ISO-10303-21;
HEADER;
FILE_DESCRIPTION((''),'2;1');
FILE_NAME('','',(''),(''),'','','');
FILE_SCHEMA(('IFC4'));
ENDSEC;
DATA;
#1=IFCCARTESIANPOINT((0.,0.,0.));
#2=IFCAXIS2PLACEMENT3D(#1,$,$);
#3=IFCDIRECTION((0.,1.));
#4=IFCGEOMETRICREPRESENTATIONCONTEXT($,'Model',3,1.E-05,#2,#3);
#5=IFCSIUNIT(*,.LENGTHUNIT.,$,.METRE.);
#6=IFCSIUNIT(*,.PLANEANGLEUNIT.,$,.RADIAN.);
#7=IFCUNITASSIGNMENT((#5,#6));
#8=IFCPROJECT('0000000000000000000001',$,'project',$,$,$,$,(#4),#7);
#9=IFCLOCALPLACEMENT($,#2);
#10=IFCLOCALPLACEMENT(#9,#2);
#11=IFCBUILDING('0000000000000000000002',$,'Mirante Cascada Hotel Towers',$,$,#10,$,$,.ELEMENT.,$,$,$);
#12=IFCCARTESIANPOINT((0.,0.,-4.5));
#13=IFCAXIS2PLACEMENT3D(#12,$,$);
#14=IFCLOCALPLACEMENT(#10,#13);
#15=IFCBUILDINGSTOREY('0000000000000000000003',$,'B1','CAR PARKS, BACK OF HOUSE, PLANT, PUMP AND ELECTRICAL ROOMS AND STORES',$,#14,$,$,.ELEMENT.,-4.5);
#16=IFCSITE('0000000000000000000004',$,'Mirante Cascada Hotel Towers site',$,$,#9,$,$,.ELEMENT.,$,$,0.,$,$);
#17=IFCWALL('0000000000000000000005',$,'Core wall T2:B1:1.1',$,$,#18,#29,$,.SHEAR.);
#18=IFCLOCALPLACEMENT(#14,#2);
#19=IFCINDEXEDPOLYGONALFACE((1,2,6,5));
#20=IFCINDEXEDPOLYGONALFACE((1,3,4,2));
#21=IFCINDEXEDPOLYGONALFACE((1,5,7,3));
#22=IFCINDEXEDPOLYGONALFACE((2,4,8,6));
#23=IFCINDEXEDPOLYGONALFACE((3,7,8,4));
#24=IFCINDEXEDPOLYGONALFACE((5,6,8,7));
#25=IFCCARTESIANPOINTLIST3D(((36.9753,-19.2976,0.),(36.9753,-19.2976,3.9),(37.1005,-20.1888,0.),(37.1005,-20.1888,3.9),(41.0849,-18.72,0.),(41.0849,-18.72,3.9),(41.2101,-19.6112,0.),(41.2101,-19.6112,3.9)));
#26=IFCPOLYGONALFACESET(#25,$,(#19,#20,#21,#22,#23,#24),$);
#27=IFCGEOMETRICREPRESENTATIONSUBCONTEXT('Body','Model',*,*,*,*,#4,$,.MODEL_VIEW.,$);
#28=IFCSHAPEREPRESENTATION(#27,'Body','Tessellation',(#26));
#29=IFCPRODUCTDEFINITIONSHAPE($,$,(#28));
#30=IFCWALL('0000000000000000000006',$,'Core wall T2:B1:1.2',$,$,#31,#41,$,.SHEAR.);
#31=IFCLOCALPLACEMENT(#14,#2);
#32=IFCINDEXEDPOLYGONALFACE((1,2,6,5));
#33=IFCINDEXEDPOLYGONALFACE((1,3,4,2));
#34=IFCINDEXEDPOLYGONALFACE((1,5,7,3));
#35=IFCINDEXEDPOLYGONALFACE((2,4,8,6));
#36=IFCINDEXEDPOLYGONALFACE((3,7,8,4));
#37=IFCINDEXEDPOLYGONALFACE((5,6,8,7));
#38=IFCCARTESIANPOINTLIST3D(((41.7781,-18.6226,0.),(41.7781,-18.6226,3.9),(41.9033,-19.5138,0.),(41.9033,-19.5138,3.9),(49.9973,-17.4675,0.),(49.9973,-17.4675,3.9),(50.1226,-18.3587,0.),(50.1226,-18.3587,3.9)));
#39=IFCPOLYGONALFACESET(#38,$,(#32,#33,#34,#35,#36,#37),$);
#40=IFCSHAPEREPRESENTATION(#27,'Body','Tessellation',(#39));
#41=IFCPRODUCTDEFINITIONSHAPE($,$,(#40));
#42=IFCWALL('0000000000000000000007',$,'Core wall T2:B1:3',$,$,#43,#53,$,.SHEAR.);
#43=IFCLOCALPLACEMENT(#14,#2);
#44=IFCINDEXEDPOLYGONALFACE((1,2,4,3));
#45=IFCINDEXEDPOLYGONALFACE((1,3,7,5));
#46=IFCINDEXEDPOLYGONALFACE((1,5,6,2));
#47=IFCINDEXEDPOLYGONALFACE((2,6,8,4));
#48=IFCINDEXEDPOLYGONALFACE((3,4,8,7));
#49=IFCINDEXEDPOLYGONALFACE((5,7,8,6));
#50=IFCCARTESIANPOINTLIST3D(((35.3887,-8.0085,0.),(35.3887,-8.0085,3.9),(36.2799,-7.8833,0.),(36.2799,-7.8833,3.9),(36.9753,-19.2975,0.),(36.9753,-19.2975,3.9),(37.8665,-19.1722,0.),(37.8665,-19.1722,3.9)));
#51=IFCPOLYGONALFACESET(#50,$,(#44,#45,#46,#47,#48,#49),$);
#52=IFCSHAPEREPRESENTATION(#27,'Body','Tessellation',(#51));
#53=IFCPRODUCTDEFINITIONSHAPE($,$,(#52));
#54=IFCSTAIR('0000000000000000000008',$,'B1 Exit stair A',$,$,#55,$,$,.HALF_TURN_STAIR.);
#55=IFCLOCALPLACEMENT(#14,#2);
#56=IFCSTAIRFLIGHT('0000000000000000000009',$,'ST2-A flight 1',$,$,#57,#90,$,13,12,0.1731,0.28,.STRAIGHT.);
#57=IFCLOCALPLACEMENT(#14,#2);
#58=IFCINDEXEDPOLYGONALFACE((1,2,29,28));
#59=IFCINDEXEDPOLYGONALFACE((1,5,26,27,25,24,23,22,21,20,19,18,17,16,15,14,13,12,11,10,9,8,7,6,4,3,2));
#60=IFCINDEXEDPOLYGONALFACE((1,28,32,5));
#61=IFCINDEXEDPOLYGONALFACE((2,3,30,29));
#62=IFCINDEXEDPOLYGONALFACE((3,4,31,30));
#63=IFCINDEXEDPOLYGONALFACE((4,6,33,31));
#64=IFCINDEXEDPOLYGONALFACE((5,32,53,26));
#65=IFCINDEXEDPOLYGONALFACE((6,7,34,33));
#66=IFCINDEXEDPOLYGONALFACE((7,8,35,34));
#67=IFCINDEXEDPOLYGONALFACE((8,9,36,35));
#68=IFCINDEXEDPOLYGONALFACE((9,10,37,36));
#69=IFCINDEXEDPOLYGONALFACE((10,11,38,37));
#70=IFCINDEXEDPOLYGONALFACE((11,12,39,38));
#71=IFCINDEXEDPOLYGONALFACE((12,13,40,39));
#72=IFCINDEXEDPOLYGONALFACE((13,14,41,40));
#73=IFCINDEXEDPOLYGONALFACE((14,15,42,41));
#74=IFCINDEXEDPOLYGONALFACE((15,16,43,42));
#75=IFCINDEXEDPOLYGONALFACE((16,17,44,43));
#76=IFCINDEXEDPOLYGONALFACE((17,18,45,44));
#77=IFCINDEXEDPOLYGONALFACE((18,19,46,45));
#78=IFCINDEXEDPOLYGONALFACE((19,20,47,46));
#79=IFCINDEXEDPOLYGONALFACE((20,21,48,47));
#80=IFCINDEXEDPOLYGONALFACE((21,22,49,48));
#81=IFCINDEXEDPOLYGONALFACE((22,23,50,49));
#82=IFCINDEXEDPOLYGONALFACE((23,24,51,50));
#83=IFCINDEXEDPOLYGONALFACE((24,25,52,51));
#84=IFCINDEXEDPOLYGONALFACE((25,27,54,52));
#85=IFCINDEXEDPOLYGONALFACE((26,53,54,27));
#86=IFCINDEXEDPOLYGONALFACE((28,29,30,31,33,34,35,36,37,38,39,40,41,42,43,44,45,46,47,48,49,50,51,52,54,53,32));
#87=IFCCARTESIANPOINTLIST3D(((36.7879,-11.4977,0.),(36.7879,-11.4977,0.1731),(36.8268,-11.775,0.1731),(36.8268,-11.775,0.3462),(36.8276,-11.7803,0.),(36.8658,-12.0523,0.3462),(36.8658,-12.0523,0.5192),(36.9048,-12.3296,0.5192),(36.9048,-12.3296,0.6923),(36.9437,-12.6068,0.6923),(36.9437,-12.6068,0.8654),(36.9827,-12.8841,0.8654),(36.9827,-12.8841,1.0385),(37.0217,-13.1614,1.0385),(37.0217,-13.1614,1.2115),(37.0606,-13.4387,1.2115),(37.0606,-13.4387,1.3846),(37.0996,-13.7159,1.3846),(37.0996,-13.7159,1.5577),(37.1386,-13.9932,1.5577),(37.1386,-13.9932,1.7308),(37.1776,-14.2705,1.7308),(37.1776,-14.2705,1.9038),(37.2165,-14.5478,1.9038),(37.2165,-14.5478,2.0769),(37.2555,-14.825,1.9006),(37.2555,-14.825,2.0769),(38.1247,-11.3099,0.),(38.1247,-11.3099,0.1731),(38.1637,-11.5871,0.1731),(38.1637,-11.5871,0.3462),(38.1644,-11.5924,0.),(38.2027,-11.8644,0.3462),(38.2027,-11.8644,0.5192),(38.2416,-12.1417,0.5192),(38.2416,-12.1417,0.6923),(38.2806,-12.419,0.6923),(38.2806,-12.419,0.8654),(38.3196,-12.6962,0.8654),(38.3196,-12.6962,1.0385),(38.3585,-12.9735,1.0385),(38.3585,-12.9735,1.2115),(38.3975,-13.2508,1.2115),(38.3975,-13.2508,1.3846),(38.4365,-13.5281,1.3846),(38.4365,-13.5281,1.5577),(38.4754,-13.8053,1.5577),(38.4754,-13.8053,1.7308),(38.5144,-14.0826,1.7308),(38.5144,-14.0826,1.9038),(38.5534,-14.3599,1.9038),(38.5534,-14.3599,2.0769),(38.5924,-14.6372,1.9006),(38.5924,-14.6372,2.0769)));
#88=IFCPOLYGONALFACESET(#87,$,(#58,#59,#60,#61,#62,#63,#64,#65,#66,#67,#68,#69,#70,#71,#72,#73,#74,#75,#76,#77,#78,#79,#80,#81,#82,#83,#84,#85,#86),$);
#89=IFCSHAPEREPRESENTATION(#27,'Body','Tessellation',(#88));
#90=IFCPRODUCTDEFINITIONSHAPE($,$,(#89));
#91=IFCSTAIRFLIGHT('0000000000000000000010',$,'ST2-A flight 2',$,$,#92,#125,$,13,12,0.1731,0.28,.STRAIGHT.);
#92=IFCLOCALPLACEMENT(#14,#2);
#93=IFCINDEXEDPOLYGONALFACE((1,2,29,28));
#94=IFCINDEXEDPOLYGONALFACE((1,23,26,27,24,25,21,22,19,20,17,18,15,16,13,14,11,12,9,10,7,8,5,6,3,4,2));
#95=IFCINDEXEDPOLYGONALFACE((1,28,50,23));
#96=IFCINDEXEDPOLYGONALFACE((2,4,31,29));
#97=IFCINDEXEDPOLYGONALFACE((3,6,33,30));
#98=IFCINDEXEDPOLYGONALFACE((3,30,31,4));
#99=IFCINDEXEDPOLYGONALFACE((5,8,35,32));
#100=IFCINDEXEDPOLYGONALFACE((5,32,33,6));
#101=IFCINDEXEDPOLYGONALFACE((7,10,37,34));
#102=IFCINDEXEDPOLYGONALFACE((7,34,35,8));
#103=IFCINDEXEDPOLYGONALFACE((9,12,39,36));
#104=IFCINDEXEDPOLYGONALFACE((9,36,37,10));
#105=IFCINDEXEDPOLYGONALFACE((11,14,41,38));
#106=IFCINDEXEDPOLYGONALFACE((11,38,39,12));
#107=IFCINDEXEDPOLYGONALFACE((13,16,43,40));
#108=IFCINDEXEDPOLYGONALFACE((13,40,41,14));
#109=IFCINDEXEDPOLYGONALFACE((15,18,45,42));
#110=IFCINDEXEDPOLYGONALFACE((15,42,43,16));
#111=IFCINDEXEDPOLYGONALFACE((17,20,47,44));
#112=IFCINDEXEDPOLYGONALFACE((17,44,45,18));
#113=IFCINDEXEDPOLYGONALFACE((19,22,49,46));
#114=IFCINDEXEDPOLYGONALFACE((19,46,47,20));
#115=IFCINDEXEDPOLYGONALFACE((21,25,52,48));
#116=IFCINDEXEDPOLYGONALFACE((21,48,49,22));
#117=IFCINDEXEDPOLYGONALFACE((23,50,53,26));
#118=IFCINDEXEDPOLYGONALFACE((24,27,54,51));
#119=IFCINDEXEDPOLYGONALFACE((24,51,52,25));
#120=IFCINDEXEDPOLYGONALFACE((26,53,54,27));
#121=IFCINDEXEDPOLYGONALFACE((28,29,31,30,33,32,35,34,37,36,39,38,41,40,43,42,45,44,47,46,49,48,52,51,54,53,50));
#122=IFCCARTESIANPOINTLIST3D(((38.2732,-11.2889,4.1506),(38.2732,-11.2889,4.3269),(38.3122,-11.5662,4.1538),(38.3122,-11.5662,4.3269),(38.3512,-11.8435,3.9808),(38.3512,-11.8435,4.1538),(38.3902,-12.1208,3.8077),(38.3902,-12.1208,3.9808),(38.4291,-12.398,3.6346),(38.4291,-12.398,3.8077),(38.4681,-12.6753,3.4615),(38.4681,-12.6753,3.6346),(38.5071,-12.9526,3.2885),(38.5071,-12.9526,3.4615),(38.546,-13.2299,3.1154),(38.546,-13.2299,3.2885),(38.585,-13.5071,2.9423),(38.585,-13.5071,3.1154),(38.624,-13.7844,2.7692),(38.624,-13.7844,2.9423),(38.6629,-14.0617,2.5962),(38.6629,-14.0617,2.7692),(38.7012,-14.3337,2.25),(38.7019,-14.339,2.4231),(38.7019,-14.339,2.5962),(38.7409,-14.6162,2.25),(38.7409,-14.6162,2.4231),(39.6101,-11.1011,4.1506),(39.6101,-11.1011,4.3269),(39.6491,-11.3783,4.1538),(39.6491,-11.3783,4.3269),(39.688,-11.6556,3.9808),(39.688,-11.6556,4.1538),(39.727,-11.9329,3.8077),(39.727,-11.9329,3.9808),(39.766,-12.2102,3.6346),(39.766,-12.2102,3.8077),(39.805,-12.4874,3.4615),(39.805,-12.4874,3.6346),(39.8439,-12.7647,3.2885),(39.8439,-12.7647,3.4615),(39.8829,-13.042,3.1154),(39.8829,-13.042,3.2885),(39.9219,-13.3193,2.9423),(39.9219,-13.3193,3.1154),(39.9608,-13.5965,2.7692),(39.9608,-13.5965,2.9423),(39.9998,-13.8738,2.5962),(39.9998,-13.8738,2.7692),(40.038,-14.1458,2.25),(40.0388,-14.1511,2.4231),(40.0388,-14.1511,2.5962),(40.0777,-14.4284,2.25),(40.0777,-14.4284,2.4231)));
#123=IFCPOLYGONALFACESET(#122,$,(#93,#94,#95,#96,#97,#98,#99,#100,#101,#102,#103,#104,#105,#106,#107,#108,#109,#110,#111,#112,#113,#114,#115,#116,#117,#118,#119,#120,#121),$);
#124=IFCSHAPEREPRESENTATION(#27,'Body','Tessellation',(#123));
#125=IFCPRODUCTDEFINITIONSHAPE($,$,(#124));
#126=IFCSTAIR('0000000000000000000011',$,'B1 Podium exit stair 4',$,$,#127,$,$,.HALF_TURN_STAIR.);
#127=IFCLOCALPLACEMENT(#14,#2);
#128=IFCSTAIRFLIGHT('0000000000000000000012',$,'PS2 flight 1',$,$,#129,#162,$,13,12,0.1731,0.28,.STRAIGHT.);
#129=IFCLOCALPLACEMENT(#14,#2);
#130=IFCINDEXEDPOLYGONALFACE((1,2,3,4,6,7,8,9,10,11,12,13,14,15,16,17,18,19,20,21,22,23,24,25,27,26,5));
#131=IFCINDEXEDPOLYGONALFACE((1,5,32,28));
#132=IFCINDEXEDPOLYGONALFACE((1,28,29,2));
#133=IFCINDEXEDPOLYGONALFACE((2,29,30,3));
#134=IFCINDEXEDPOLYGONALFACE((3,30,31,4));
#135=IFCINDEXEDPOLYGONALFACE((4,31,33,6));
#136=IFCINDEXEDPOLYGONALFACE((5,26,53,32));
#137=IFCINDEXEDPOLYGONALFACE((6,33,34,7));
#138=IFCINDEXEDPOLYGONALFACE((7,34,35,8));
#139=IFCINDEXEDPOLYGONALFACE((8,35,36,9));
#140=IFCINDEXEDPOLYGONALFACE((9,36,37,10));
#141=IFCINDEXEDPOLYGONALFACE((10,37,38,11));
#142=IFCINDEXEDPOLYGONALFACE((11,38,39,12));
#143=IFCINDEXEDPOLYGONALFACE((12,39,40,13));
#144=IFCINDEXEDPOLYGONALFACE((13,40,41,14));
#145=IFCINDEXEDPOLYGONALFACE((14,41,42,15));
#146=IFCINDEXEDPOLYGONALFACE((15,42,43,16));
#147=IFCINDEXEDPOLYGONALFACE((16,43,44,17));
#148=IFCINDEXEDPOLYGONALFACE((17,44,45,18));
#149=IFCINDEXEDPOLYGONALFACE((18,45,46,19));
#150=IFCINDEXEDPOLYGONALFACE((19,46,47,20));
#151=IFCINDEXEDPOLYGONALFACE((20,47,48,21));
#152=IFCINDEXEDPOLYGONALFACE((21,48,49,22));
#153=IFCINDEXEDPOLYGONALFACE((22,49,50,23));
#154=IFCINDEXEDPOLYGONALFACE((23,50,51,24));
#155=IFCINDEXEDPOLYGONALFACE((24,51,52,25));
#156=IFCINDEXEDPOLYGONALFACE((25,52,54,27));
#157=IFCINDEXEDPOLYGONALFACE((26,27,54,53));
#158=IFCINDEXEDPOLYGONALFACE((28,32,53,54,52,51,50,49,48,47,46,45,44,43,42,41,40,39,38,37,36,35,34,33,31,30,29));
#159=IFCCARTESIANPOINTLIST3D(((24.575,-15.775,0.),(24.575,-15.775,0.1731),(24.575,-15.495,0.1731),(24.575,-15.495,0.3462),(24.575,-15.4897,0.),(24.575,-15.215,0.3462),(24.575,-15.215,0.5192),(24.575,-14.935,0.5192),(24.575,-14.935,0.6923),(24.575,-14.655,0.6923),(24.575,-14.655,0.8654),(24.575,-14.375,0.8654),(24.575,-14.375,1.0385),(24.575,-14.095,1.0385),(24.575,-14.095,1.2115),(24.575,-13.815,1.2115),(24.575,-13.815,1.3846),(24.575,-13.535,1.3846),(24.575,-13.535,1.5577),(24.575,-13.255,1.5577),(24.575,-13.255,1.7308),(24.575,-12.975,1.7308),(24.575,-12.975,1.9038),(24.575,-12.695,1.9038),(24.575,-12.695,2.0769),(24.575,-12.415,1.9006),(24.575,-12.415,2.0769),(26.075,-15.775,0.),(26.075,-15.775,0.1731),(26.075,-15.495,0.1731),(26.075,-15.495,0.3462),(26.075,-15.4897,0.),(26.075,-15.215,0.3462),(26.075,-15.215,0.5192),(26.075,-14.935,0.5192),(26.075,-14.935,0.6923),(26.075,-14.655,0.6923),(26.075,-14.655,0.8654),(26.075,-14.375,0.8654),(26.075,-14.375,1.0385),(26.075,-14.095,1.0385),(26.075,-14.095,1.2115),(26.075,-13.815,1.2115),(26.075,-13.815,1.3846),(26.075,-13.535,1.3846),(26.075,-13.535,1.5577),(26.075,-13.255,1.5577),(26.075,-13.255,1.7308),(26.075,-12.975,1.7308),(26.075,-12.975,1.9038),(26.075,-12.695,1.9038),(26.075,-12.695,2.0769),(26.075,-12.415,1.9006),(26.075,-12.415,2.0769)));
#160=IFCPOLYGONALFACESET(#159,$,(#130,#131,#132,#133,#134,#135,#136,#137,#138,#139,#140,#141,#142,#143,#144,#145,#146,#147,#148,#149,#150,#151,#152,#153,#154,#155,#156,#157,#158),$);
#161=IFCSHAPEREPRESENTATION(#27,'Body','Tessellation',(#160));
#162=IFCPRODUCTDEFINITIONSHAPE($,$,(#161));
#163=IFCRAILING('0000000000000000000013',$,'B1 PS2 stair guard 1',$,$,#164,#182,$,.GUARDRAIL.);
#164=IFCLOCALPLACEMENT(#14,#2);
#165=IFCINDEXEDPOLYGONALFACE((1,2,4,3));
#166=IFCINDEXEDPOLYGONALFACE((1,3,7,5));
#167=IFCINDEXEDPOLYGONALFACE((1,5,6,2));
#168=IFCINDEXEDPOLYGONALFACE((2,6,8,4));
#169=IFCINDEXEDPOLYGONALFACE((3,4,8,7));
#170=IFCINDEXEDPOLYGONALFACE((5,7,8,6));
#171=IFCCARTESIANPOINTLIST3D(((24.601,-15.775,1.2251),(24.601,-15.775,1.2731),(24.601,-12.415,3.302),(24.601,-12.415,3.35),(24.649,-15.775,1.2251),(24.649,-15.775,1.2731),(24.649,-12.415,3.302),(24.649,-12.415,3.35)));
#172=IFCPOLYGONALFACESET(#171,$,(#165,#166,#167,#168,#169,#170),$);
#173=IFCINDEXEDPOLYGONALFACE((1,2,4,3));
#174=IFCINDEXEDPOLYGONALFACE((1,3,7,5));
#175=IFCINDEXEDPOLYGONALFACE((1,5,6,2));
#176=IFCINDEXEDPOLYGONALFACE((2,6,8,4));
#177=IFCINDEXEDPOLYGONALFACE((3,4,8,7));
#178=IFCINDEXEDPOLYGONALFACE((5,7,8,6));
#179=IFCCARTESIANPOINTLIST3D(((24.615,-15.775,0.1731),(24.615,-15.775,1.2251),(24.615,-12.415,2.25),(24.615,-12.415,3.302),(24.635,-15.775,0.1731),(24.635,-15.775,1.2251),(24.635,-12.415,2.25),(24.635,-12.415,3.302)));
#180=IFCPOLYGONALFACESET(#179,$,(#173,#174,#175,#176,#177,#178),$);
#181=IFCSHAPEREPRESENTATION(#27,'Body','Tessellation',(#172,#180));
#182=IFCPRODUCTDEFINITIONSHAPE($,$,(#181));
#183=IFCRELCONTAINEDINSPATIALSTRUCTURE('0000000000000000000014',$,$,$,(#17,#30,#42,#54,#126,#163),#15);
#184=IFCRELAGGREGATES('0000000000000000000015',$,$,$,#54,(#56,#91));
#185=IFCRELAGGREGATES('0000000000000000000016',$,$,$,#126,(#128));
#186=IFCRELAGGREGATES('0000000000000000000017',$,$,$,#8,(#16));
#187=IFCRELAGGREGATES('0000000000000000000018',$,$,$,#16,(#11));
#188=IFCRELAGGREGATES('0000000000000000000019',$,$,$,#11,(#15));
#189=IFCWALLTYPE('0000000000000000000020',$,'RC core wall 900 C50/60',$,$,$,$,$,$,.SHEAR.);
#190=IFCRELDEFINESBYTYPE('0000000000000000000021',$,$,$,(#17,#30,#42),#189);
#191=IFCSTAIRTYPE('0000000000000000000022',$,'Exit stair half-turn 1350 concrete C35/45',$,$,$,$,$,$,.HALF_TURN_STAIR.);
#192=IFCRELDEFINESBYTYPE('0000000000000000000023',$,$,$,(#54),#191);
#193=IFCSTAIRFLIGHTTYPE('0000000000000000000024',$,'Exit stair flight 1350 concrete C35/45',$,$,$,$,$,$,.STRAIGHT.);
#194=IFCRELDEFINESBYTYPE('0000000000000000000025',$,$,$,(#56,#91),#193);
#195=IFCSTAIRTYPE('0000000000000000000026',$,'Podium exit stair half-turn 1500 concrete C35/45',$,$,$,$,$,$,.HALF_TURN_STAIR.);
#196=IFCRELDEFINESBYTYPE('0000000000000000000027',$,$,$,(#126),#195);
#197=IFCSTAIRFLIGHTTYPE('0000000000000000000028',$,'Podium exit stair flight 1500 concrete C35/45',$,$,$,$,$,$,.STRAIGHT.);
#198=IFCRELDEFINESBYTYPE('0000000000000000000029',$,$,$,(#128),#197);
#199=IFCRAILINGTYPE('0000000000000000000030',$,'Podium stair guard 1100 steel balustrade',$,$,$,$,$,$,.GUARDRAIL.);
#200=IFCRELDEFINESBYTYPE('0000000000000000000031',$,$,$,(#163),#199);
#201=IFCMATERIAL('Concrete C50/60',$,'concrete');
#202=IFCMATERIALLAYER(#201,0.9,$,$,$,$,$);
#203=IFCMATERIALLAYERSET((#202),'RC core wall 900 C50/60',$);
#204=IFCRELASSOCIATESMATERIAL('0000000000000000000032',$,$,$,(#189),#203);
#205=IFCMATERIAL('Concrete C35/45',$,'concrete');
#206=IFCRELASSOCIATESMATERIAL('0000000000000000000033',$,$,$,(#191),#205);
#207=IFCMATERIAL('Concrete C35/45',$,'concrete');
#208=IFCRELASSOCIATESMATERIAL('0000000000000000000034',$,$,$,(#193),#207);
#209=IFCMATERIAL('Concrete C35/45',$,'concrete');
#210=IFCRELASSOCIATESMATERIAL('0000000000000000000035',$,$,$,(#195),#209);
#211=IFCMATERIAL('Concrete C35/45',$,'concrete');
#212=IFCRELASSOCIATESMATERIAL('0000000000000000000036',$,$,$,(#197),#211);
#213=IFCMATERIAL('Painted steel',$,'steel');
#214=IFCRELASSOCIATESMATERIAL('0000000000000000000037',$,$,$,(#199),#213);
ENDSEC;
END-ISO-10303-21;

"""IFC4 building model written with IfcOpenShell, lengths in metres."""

from ifc_helpers import new_model, si_unit, direction, frame, frame_2d, origin, origin_2d, place, context, subcontext, project, spatial, polyline, rectangle, outline, extrude, material, layer, layer_set, type_object, element, aggregate, save


model = new_model("IFC4")

# Units and contexts
model_context = context("Model", 3, precision=1e-05, world=origin(), true_north=direction((0.0, 1.0)))
body_context = subcontext(model_context, "Body", "Model", "MODEL_VIEW")
ifc_project = project(units=[si_unit("LENGTHUNIT", "METRE"), si_unit("PLANEANGLEUNIT", "RADIAN")], contexts=[model_context])

# Site, building, storey
site_placement = place(None, origin())
site = spatial("IfcSite", under=ifc_project, at=site_placement, Name="Mirante Cascada Hotel Towers site", CompositionType="ELEMENT", RefElevation=0.0)
building_placement = place(site_placement, origin())
building = spatial("IfcBuilding", under=site, at=building_placement, Name="Mirante Cascada Hotel Towers", CompositionType="ELEMENT")
storey_placement = place(building_placement, frame((0.0, 0.0, -4.5)))
storey = spatial("IfcBuildingStorey", under=building, at=storey_placement, Name="B1", Description="CAR PARKS, BACK OF HOUSE, PLANT, PUMP AND ELECTRICAL ROOMS AND STORES", CompositionType="ELEMENT", Elevation=-4.5)

# Walls
ifc_material_1 = material(Name="Concrete C50/60", Category="concrete")
ifc_layer_1 = layer(ifc_material_1, 0.9)
ifc_layer_set_1 = layer_set([ifc_layer_1], Name="RC core wall 900 C50/60")
wall_type_1 = type_object("IfcWallType", Name="RC core wall 900 C50/60", PredefinedType="SHEAR", material=ifc_layer_set_1)
wall_1_placement = place(storey_placement, frame((37.0379, -19.7432, 0.0), z_axis=(0.0, 0.0, 1.0), x_axis=(0.990267, 0.139181, 0.0)))
element("IfcWall", 1, at=wall_1_placement, inside=storey, type_object=wall_type_1, Name="Core wall T2:B1:1.1", PredefinedType="SHEAR", context=body_context, shape_type="SweptSolid", body=[
    extrude(rectangle(XDim=4.15, YDim=0.9, at=frame_2d((2.075, 0.0))), origin(), (0.0, 0.0, 1.0), 3.9),
])
wall_2_placement = place(storey_placement, frame((41.8407, -19.0682, 0.0), z_axis=(0.0, 0.0, 1.0), x_axis=(0.990269, 0.139169, 0.0)))
element("IfcWall", 2, at=wall_2_placement, inside=storey, type_object=wall_type_1, Name="Core wall T2:B1:1.2", PredefinedType="SHEAR", context=body_context, shape_type="SweptSolid", body=[
    extrude(rectangle(XDim=8.3, YDim=0.9, at=frame_2d((4.15, 0.0))), origin(), (0.0, 0.0, 1.0), 3.9),
])
wall_3_placement = place(storey_placement, frame((37.4209, -19.2349, 0.0), z_axis=(0.0, 0.0, 1.0), x_axis=(-0.139176, 0.990268, 0.0)))
element("IfcWall", 3, at=wall_3_placement, inside=storey, type_object=wall_type_1, Name="Core wall T2:B1:3", PredefinedType="SHEAR", context=body_context, shape_type="SweptSolid", body=[
    extrude(rectangle(XDim=11.3999, YDim=0.9, at=frame_2d((5.7, 0.0))), origin(), (0.0, 0.0, 1.0), 3.9),
])

# Stair, stair flights
ifc_material_2 = material(Name="Concrete C35/45", Category="concrete")
stair_type_1 = type_object("IfcStairType", Name="Exit stair half-turn 1350 concrete C35/45", PredefinedType="HALF_TURN_STAIR", material=ifc_material_2)
stair_1_placement = place(storey_placement, origin())
stair_1 = element("IfcStair", 4, at=stair_1_placement, inside=storey, type_object=stair_type_1, Name="B1 Exit stair A", PredefinedType="HALF_TURN_STAIR")
ifc_material_3 = material(Name="Concrete C35/45", Category="concrete")
stair_flight_type_1 = type_object("IfcStairFlightType", Name="Exit stair flight 1350 concrete C35/45", PredefinedType="STRAIGHT", material=ifc_material_3)
stair_flight_1_placement = place(storey_placement, frame((37.4563, -11.4038, 0.0), z_axis=(0.0, 0.0, 1.0), x_axis=(0.139173, -0.990268, 0.0)))
stair_flight_1 = element("IfcStairFlight", 5, at=stair_flight_1_placement, type_object=stair_flight_type_1, Name="ST2-A flight 1", NumberOfRisers=13, NumberOfTreads=12, PredefinedType="STRAIGHT", RiserHeight=0.1731, TreadLength=0.28, context=body_context, shape_type="SweptSolid", body=[
    extrude(outline(polyline([(0.0, 0.0), (0.0, 0.1731), (0.28, 0.1731), (0.28, 0.3462), (0.56, 0.3462), (0.56, 0.5192), (0.84, 0.5192), (0.84, 0.6923), (1.12, 0.6923), (1.12, 0.8654), (1.4, 0.8654), (1.4, 1.0385), (1.68, 1.0385), (1.68, 1.2115), (1.96, 1.2115), (1.96, 1.3846), (2.24, 1.3846), (2.24, 1.5577), (2.52, 1.5577), (2.52, 1.7308), (2.8, 1.7308), (2.8, 1.9038), (3.08, 1.9038), (3.08, 2.0769), (3.36, 2.0769), (3.36, 2.25), (3.36, 1.9006), (0.2853, 0.0), (0.0, 0.0)])), frame((0.0, 0.675, 0.0), z_axis=(0.0, -1.0, 0.0), x_axis=(1.0, 0.0, 0.0)), (0.0, 0.0, 1.0), 1.35),
])
stair_flight_2_placement = place(storey_placement, frame((39.4093, -14.5223, 2.25), z_axis=(0.0, 0.0, 1.0), x_axis=(-0.139173, 0.990268, 0.0)))
stair_flight_2 = element("IfcStairFlight", 6, at=stair_flight_2_placement, type_object=stair_flight_type_1, Name="ST2-A flight 2", NumberOfRisers=13, NumberOfTreads=12, PredefinedType="STRAIGHT", RiserHeight=0.1731, TreadLength=0.28, context=body_context, shape_type="SweptSolid", body=[
    extrude(outline(polyline([(0.0, 0.0), (0.0, 0.1731), (0.28, 0.1731), (0.28, 0.3462), (0.56, 0.3462), (0.56, 0.5192), (0.84, 0.5192), (0.84, 0.6923), (1.12, 0.6923), (1.12, 0.8654), (1.4, 0.8654), (1.4, 1.0385), (1.68, 1.0385), (1.68, 1.2115), (1.96, 1.2115), (1.96, 1.3846), (2.24, 1.3846), (2.24, 1.5577), (2.52, 1.5577), (2.52, 1.7308), (2.8, 1.7308), (2.8, 1.9038), (3.08, 1.9038), (3.08, 2.0769), (3.36, 2.0769), (3.36, 2.25), (3.36, 1.9006), (0.2853, 0.0), (0.0, 0.0)])), frame((0.0, 0.675, 0.0), z_axis=(0.0, -1.0, 0.0), x_axis=(1.0, 0.0, 0.0)), (0.0, 0.0, 1.0), 1.35),
])
aggregate(stair_1, [stair_flight_1, stair_flight_2])

# Stair, stair flight
ifc_material_4 = material(Name="Concrete C35/45", Category="concrete")
stair_type_2 = type_object("IfcStairType", Name="Podium exit stair half-turn 1500 concrete C35/45", PredefinedType="HALF_TURN_STAIR", material=ifc_material_4)
stair_2_placement = place(storey_placement, origin())
stair_2 = element("IfcStair", 7, at=stair_2_placement, inside=storey, type_object=stair_type_2, Name="B1 Podium exit stair 4", PredefinedType="HALF_TURN_STAIR")
ifc_material_5 = material(Name="Concrete C35/45", Category="concrete")
stair_flight_type_2 = type_object("IfcStairFlightType", Name="Podium exit stair flight 1500 concrete C35/45", PredefinedType="STRAIGHT", material=ifc_material_5)
stair_flight_3_placement = place(storey_placement, frame((25.325, -15.775, 0.0), z_axis=(0.0, 0.0, 1.0), x_axis=(0.0, 1.0, 0.0)))
stair_flight_3 = element("IfcStairFlight", 8, at=stair_flight_3_placement, type_object=stair_flight_type_2, Name="PS2 flight 1", NumberOfRisers=13, NumberOfTreads=12, PredefinedType="STRAIGHT", RiserHeight=0.1731, TreadLength=0.28, context=body_context, shape_type="SweptSolid", body=[
    extrude(outline(polyline([(0.0, 0.0), (0.0, 0.1731), (0.28, 0.1731), (0.28, 0.3462), (0.56, 0.3462), (0.56, 0.5192), (0.84, 0.5192), (0.84, 0.6923), (1.12, 0.6923), (1.12, 0.8654), (1.4, 0.8654), (1.4, 1.0385), (1.68, 1.0385), (1.68, 1.2115), (1.96, 1.2115), (1.96, 1.3846), (2.24, 1.3846), (2.24, 1.5577), (2.52, 1.5577), (2.52, 1.7308), (2.8, 1.7308), (2.8, 1.9038), (3.08, 1.9038), (3.08, 2.0769), (3.36, 2.0769), (3.36, 2.25), (3.36, 1.9006), (0.2853, 0.0), (0.0, 0.0)])), frame((0.0, 0.75, 0.0), z_axis=(0.0, -1.0, 0.0), x_axis=(1.0, 0.0, 0.0)), (0.0, 0.0, 1.0), 1.5),
])
aggregate(stair_2, [stair_flight_3])

# Railing
ifc_material_6 = material(Name="Painted steel", Category="steel")
railing_type_1 = type_object("IfcRailingType", Name="Podium stair guard 1100 steel balustrade", PredefinedType="GUARDRAIL", material=ifc_material_6)
railing_1_placement = place(storey_placement, frame((24.625, -15.775, 0.1731)))
element("IfcRailing", 9, at=railing_1_placement, inside=storey, type_object=railing_type_1, Name="B1 PS2 stair guard 1", PredefinedType="GUARDRAIL", context=body_context, shape_type="SweptSolid", body=[
    extrude(rectangle(XDim=0.048, YDim=0.048, at=origin_2d()), frame((0.0, 0.0, 1.076), z_axis=(0.0, 1.0, 0.0), x_axis=(-1.0, 0.0, 0.0)), (0.0, 0.525787, 0.850616), 3.9501),
    extrude(rectangle(XDim=0.02, YDim=1.052, at=origin_2d()), frame((0.0, 0.0, 0.526), z_axis=(0.0, 1.0, 0.0), x_axis=(-1.0, 0.0, 0.0)), (0.0, 0.525787, 0.850616), 3.9501),
])

save(model, "model.ifc")
